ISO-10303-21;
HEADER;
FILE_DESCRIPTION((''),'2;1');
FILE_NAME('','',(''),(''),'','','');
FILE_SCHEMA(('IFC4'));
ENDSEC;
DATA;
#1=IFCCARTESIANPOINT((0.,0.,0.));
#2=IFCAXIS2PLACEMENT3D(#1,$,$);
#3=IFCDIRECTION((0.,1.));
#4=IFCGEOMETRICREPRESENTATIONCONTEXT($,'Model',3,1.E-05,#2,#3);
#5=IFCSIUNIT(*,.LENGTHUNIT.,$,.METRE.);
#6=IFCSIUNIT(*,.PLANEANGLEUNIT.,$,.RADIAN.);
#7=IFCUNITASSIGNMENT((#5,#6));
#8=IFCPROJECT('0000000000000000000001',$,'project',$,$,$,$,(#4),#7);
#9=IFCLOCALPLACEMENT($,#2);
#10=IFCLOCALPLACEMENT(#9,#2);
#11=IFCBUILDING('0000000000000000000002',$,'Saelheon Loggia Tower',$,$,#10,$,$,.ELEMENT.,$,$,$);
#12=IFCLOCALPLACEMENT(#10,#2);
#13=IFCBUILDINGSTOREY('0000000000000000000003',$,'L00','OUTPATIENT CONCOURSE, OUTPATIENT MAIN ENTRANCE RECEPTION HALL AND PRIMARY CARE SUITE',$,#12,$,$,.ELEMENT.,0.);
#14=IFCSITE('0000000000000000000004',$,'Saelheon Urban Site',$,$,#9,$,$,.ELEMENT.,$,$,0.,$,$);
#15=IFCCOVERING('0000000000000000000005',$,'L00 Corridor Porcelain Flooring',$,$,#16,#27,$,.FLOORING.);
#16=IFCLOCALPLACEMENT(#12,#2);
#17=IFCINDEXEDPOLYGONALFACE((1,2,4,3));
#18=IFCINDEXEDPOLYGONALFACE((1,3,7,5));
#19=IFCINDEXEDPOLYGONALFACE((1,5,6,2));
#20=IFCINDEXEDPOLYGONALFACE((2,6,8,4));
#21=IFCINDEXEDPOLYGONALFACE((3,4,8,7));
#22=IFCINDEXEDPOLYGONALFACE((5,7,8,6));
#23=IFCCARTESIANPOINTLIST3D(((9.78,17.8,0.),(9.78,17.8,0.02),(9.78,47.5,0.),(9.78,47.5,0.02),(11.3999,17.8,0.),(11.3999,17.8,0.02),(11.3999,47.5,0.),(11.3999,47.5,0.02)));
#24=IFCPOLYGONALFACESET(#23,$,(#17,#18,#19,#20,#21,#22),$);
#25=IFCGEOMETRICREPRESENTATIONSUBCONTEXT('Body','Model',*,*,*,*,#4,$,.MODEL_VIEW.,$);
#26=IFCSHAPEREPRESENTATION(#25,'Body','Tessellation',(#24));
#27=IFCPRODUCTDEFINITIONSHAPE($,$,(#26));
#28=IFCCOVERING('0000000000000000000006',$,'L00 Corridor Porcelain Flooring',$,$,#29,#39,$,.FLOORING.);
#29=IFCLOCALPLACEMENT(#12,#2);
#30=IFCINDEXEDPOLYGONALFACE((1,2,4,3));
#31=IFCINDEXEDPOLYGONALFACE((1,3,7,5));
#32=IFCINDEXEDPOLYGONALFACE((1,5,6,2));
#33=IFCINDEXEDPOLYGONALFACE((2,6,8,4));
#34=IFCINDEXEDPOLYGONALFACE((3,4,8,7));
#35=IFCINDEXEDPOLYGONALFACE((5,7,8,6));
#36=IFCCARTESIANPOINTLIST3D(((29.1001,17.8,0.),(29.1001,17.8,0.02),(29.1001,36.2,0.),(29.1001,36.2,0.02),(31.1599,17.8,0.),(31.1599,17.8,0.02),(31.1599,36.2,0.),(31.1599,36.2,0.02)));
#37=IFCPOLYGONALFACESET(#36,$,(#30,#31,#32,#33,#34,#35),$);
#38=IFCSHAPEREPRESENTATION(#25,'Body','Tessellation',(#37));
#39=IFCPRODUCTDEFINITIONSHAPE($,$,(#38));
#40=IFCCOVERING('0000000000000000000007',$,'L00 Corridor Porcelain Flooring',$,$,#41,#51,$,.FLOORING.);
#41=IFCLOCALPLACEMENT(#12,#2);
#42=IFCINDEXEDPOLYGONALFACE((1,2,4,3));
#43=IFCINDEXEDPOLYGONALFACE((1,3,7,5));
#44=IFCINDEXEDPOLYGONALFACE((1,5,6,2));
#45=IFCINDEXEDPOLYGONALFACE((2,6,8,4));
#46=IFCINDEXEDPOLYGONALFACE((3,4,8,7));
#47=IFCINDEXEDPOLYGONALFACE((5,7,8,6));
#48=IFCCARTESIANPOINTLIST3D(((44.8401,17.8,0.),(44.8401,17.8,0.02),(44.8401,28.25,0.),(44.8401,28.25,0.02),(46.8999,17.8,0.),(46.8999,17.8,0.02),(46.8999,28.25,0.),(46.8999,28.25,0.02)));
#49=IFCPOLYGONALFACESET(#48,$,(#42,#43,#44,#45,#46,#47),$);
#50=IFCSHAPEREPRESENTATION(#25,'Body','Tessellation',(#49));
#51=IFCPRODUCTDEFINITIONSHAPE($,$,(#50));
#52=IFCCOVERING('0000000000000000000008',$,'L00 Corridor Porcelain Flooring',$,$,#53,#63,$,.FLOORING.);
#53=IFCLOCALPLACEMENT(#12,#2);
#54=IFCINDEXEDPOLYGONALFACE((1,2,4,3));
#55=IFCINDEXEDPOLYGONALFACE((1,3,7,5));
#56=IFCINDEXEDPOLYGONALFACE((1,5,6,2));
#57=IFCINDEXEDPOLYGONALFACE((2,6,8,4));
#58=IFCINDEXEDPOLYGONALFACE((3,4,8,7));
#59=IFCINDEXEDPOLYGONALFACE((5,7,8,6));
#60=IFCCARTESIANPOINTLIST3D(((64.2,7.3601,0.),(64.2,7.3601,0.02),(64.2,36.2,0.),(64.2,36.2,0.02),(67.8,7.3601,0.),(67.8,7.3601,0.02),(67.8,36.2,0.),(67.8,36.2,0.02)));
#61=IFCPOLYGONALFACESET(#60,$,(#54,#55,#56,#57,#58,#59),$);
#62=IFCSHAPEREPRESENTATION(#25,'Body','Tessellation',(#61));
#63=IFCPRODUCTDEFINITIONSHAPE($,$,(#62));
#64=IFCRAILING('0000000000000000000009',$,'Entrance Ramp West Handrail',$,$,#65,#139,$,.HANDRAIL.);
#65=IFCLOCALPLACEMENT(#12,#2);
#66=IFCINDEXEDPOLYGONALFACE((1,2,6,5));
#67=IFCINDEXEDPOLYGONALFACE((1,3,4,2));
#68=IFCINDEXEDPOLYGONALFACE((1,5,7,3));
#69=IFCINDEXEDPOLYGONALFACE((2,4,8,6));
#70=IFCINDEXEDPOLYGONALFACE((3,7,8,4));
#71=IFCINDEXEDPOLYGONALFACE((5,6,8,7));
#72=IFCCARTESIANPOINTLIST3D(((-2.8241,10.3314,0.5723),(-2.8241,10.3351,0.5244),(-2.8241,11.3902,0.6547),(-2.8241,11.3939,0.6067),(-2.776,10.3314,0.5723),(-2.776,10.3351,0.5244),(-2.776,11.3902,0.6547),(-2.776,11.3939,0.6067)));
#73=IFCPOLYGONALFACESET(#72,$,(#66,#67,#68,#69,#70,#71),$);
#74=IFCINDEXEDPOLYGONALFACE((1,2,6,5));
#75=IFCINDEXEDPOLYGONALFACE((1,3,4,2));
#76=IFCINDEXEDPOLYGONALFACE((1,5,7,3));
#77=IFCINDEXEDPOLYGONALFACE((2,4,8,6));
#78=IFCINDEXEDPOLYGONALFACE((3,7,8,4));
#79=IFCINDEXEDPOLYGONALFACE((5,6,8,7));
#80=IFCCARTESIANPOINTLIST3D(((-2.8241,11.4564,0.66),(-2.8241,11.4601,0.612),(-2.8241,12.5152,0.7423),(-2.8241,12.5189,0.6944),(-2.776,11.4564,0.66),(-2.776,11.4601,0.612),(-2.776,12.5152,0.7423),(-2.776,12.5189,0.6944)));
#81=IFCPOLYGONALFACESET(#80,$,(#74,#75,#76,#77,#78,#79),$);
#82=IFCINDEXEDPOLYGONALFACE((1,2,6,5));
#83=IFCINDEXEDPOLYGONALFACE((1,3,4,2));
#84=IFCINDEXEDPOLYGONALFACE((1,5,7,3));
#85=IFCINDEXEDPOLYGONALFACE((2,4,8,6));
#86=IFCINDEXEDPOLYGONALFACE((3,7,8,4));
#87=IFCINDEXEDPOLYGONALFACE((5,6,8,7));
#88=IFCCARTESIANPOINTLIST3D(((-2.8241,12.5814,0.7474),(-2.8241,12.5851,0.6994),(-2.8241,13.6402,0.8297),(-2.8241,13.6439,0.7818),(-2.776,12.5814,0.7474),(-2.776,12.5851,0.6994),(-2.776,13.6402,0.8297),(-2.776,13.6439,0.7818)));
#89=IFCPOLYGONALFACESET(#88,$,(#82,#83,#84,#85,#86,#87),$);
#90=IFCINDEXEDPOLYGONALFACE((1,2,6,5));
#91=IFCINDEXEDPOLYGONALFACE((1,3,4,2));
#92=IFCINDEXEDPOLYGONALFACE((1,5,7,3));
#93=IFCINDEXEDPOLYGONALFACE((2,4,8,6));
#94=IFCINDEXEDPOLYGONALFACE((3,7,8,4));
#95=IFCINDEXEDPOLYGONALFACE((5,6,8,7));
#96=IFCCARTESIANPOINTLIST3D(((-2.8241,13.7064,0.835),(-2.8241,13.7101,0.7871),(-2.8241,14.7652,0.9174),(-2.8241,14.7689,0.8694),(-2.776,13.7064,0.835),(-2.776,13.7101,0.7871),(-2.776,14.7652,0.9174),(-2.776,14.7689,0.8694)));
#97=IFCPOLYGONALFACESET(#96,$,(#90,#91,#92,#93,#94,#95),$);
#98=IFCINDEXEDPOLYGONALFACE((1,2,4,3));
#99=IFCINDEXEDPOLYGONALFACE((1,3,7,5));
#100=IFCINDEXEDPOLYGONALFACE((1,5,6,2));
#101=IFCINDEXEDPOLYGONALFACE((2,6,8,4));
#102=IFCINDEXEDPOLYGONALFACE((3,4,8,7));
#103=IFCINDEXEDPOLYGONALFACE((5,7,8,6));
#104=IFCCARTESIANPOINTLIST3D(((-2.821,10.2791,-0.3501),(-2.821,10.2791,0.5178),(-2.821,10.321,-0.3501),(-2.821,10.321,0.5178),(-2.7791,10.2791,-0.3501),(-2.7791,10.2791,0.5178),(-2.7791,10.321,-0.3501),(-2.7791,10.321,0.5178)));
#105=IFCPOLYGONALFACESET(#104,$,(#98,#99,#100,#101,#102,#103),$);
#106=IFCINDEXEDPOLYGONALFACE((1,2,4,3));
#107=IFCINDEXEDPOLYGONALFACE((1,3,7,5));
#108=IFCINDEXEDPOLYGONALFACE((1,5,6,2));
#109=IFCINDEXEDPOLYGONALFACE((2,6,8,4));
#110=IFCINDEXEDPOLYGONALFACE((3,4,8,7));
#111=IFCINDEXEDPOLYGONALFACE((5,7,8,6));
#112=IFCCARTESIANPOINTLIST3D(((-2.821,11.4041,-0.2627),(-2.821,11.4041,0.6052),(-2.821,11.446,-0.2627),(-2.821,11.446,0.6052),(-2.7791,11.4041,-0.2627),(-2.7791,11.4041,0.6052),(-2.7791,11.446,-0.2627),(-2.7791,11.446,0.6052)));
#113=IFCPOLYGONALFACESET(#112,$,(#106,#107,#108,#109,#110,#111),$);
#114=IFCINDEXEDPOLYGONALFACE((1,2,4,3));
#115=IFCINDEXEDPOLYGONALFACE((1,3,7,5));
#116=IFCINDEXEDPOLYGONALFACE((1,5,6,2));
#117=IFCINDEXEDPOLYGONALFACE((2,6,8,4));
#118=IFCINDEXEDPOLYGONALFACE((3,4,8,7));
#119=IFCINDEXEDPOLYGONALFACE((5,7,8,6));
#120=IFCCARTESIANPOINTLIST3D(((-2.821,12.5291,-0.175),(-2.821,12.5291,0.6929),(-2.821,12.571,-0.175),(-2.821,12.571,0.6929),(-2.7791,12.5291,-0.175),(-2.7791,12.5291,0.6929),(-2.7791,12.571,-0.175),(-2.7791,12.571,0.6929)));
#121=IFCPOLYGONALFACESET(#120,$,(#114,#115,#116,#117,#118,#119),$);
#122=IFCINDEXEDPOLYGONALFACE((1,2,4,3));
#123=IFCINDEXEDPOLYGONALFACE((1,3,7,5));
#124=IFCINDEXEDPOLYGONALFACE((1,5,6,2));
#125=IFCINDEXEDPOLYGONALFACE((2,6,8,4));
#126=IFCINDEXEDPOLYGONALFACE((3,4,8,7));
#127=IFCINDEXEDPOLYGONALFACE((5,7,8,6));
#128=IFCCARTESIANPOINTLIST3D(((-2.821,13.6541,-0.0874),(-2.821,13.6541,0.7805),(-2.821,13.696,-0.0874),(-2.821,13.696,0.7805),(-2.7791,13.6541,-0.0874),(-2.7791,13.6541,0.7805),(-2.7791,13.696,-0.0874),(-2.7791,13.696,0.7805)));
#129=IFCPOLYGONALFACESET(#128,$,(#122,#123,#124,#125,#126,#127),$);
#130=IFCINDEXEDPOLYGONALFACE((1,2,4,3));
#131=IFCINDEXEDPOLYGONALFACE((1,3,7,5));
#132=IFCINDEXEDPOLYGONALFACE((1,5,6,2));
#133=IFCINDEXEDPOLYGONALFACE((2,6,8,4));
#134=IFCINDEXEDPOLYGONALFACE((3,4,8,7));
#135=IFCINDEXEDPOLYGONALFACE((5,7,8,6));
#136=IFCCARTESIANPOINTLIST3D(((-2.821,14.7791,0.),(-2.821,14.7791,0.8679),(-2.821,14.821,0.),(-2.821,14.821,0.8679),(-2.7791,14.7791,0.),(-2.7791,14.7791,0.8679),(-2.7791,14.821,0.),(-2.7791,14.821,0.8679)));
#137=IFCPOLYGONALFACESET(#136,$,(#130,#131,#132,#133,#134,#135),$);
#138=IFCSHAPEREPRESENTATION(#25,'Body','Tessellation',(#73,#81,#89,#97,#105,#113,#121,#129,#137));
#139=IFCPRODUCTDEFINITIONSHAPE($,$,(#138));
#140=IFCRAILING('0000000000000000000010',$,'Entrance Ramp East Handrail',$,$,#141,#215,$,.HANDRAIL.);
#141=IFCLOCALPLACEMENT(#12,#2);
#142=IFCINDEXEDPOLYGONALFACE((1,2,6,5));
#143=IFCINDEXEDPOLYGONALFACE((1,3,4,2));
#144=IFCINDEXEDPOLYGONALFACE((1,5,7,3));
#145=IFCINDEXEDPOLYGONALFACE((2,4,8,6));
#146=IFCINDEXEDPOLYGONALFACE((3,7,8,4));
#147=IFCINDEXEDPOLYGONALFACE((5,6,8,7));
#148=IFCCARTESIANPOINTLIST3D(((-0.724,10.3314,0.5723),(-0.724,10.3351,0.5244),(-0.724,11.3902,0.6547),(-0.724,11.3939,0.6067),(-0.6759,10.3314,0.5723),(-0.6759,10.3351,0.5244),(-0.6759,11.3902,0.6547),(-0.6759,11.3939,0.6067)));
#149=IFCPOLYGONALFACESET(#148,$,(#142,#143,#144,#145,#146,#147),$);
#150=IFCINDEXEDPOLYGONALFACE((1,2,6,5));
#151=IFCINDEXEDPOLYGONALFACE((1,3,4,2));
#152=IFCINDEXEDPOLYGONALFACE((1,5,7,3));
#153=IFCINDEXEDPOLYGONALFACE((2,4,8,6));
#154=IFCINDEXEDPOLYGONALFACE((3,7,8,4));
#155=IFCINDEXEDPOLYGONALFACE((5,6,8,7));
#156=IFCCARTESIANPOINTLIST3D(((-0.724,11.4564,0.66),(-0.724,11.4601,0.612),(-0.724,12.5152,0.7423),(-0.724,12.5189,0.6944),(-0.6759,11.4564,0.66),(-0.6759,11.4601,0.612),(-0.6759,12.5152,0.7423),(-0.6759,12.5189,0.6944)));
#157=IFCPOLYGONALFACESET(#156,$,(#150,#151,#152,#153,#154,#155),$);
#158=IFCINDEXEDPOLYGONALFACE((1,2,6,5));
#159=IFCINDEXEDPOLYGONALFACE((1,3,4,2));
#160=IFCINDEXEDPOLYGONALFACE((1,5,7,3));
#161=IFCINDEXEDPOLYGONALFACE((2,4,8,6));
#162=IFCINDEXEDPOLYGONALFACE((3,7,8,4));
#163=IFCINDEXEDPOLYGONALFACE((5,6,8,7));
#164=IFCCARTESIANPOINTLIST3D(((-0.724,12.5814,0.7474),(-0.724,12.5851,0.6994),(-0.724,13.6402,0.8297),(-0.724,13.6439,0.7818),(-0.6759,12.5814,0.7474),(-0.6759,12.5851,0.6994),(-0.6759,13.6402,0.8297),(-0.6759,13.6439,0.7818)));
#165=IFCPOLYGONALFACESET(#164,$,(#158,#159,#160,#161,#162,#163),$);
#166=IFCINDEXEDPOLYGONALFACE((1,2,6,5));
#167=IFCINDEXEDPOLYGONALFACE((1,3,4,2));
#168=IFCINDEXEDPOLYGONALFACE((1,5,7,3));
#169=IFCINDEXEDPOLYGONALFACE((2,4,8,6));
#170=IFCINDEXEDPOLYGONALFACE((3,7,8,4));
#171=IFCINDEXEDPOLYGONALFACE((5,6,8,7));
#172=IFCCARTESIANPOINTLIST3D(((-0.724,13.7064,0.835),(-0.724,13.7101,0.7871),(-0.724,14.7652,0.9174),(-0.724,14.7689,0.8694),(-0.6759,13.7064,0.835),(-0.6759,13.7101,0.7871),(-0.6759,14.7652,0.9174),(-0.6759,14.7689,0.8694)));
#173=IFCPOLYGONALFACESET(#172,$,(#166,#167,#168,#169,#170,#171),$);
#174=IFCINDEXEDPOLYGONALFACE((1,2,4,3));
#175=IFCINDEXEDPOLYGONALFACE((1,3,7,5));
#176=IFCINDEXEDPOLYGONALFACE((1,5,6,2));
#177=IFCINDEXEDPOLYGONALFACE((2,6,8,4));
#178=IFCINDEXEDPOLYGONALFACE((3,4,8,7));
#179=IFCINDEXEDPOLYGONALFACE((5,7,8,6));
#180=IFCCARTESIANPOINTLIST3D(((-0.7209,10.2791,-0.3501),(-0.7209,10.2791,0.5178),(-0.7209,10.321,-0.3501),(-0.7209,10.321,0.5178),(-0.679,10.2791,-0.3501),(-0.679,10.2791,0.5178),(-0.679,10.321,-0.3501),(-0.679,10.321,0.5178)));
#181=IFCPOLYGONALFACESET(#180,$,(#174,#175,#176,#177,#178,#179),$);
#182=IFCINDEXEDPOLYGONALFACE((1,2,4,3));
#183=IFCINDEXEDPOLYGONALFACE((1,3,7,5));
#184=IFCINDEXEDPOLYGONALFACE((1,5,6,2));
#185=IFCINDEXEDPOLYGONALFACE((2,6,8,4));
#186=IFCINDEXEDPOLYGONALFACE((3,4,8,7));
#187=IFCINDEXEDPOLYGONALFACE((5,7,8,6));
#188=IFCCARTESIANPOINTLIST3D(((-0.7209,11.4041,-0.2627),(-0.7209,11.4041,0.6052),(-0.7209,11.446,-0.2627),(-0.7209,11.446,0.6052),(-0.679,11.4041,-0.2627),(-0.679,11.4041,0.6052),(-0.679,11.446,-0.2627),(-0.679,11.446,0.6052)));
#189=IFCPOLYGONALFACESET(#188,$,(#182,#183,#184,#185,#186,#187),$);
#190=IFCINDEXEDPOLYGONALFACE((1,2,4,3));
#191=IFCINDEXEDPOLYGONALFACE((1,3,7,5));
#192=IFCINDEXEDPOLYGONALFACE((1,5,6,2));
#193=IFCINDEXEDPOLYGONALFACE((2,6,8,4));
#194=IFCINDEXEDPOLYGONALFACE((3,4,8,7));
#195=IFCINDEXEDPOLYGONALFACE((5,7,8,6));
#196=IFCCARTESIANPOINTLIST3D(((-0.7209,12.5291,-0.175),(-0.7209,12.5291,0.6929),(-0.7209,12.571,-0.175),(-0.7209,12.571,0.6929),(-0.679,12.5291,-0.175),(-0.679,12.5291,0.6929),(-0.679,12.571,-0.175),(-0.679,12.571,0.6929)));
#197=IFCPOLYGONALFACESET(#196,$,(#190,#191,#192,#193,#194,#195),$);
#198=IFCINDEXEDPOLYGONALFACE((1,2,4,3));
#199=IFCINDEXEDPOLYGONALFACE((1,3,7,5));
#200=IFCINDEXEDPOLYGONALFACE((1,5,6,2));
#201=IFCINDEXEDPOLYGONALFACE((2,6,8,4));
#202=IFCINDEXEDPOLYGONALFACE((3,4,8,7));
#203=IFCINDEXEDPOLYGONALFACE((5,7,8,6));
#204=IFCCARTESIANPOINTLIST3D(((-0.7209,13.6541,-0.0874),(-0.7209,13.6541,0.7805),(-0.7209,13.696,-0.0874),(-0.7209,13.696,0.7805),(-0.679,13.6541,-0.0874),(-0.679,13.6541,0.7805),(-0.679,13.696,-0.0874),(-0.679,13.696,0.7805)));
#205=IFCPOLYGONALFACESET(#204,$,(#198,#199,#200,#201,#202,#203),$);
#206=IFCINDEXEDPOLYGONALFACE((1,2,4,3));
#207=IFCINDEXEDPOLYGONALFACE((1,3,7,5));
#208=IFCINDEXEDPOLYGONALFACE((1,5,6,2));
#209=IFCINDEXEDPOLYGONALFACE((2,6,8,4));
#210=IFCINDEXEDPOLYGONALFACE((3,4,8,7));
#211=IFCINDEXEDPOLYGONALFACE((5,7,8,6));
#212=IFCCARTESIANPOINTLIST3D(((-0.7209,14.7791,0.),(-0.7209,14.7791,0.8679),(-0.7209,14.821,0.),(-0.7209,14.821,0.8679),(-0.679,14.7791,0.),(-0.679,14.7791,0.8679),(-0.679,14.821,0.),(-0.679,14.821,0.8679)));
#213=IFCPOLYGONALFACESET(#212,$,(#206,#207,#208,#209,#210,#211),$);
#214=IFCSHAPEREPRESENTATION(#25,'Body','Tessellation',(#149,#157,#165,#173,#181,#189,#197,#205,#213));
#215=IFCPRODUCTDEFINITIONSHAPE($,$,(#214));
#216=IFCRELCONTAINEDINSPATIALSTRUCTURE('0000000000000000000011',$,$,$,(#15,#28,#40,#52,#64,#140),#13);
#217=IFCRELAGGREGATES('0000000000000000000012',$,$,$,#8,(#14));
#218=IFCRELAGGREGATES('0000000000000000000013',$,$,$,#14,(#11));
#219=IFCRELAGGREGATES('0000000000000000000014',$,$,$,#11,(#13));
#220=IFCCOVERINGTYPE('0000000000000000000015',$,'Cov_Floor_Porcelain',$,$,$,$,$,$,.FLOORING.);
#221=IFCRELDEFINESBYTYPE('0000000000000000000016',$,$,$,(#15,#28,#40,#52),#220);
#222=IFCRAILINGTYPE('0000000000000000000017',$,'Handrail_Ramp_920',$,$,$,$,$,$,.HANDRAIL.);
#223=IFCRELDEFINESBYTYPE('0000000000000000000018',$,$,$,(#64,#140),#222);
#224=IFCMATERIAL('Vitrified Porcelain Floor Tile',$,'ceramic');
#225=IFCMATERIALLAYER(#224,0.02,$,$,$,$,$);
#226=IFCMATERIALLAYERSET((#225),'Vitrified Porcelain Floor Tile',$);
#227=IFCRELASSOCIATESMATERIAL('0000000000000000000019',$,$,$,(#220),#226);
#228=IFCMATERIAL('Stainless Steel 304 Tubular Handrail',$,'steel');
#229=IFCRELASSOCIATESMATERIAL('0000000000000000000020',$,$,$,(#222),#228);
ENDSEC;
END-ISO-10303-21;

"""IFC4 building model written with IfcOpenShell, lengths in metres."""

from ifc_helpers import new_model, si_unit, direction, frame, origin, origin_2d, place, context, subcontext, project, spatial, polyline, rectangle, outline, extrude, material, layer, layer_set, type_object, element, save


model = new_model("IFC4")

# Units and contexts
model_context = context("Model", 3, precision=1e-05, world=origin(), true_north=direction((0.0, 1.0)))
body_context = subcontext(model_context, "Body", "Model", "MODEL_VIEW")
ifc_project = project(units=[si_unit("LENGTHUNIT", "METRE"), si_unit("PLANEANGLEUNIT", "RADIAN")], contexts=[model_context])

# Site, building, storey
site_placement = place(None, origin())
site = spatial("IfcSite", under=ifc_project, at=site_placement, Name="Saelheon Urban Site", CompositionType="ELEMENT", RefElevation=0.0)
building_placement = place(site_placement, origin())
building = spatial("IfcBuilding", under=site, at=building_placement, Name="Saelheon Loggia Tower", CompositionType="ELEMENT")
storey_placement = place(building_placement, origin())
storey = spatial("IfcBuildingStorey", under=building, at=storey_placement, Name="L00", Description="OUTPATIENT CONCOURSE, OUTPATIENT MAIN ENTRANCE RECEPTION HALL AND PRIMARY CARE SUITE", CompositionType="ELEMENT", Elevation=0.0)

# Coverings
ifc_material_1 = material(Name="Vitrified Porcelain Floor Tile", Category="ceramic")
ifc_layer_1 = layer(ifc_material_1, 0.02)
ifc_layer_set_1 = layer_set([ifc_layer_1], Name="Vitrified Porcelain Floor Tile")
covering_type_1 = type_object("IfcCoveringType", Name="Cov_Floor_Porcelain", PredefinedType="FLOORING", material=ifc_layer_set_1)
covering_1_placement = place(storey_placement, origin())
element("IfcCovering", 1, at=covering_1_placement, inside=storey, type_object=covering_type_1, Name="L00 Corridor Porcelain Flooring", PredefinedType="FLOORING", context=body_context, shape_type="SweptSolid", body=[
    extrude(outline(polyline([(9.78, 17.8), (11.3999, 17.8), (11.3999, 47.5), (9.78, 47.5), (9.78, 17.8)])), origin(), (0.0, 0.0, 1.0), 0.02),
])
covering_2_placement = place(storey_placement, origin())
element("IfcCovering", 2, at=covering_2_placement, inside=storey, type_object=covering_type_1, Name="L00 Corridor Porcelain Flooring", PredefinedType="FLOORING", context=body_context, shape_type="SweptSolid", body=[
    extrude(outline(polyline([(29.1001, 17.8), (31.1599, 17.8), (31.1599, 36.2), (29.1001, 36.2), (29.1001, 17.8)])), origin(), (0.0, 0.0, 1.0), 0.02),
])
covering_3_placement = place(storey_placement, origin())
element("IfcCovering", 3, at=covering_3_placement, inside=storey, type_object=covering_type_1, Name="L00 Corridor Porcelain Flooring", PredefinedType="FLOORING", context=body_context, shape_type="SweptSolid", body=[
    extrude(outline(polyline([(44.8401, 17.8), (46.8999, 17.8), (46.8999, 28.25), (44.8401, 28.25), (44.8401, 17.8)])), origin(), (0.0, 0.0, 1.0), 0.02),
])
covering_4_placement = place(storey_placement, origin())
element("IfcCovering", 4, at=covering_4_placement, inside=storey, type_object=covering_type_1, Name="L00 Corridor Porcelain Flooring", PredefinedType="FLOORING", context=body_context, shape_type="SweptSolid", body=[
    extrude(outline(polyline([(64.2, 7.3601), (67.8, 7.3601), (67.8, 36.2), (64.2, 36.2), (64.2, 7.3601)])), origin(), (0.0, 0.0, 1.0), 0.02),
])

# Railings
ifc_material_2 = material(Name="Stainless Steel 304 Tubular Handrail", Category="steel")
railing_type = type_object("IfcRailingType", Name="Handrail_Ramp_920", PredefinedType="HANDRAIL", material=ifc_material_2)
for number, where, name in (
    (5, (-2.8, 10.3, -0.3501), "Entrance Ramp West Handrail"),
    (6, (-0.7, 10.3, -0.3501), "Entrance Ramp East Handrail"),
):
    element("IfcRailing", number, at=place(storey_placement, frame(where)), inside=storey, type_object=railing_type, Name=name, PredefinedType="HANDRAIL", context=body_context, shape_type="SweptSolid", body=[
        extrude(rectangle(XDim=0.0481, YDim=0.0481, at=origin_2d()), frame((0.0, 0.0332, 0.8984), z_axis=(0.0, 0.996987, 0.077565), x_axis=(-1.0, 0.0, 0.0)), (0.0, 0.0, 1.0), 1.062),
        extrude(rectangle(XDim=0.0481, YDim=0.0481, at=origin_2d()), frame((0.0, 1.1582, 0.9861), z_axis=(0.0, 0.996987, 0.077565), x_axis=(-1.0, 0.0, 0.0)), (0.0, 0.0, 1.0), 1.062),
        extrude(rectangle(XDim=0.0481, YDim=0.0481, at=origin_2d()), frame((0.0, 2.2832, 1.0735), z_axis=(0.0, 0.996987, 0.077565), x_axis=(-1.0, 0.0, 0.0)), (0.0, 0.0, 1.0), 1.062),
        extrude(rectangle(XDim=0.0481, YDim=0.0481, at=origin_2d()), frame((0.0, 3.4082, 1.1611), z_axis=(0.0, 0.996987, 0.077565), x_axis=(-1.0, 0.0, 0.0)), (0.0, 0.0, 1.0), 1.062),
        extrude(rectangle(XDim=0.042, YDim=0.042, at=origin_2d()), origin(), (0.0, 0.0, 1.0), 0.8679),
        extrude(rectangle(XDim=0.042, YDim=0.042, at=origin_2d()), frame((0.0, 1.125, 0.0874)), (0.0, 0.0, 1.0), 0.8679),
        extrude(rectangle(XDim=0.042, YDim=0.042, at=origin_2d()), frame((0.0, 2.25, 0.175)), (0.0, 0.0, 1.0), 0.8679),
        extrude(rectangle(XDim=0.042, YDim=0.042, at=origin_2d()), frame((0.0, 3.375, 0.2627)), (0.0, 0.0, 1.0), 0.8679),
        extrude(rectangle(XDim=0.042, YDim=0.042, at=origin_2d()), frame((0.0, 4.5, 0.3501)), (0.0, 0.0, 1.0), 0.8679),
    ])

save(model, "model.ifc")
